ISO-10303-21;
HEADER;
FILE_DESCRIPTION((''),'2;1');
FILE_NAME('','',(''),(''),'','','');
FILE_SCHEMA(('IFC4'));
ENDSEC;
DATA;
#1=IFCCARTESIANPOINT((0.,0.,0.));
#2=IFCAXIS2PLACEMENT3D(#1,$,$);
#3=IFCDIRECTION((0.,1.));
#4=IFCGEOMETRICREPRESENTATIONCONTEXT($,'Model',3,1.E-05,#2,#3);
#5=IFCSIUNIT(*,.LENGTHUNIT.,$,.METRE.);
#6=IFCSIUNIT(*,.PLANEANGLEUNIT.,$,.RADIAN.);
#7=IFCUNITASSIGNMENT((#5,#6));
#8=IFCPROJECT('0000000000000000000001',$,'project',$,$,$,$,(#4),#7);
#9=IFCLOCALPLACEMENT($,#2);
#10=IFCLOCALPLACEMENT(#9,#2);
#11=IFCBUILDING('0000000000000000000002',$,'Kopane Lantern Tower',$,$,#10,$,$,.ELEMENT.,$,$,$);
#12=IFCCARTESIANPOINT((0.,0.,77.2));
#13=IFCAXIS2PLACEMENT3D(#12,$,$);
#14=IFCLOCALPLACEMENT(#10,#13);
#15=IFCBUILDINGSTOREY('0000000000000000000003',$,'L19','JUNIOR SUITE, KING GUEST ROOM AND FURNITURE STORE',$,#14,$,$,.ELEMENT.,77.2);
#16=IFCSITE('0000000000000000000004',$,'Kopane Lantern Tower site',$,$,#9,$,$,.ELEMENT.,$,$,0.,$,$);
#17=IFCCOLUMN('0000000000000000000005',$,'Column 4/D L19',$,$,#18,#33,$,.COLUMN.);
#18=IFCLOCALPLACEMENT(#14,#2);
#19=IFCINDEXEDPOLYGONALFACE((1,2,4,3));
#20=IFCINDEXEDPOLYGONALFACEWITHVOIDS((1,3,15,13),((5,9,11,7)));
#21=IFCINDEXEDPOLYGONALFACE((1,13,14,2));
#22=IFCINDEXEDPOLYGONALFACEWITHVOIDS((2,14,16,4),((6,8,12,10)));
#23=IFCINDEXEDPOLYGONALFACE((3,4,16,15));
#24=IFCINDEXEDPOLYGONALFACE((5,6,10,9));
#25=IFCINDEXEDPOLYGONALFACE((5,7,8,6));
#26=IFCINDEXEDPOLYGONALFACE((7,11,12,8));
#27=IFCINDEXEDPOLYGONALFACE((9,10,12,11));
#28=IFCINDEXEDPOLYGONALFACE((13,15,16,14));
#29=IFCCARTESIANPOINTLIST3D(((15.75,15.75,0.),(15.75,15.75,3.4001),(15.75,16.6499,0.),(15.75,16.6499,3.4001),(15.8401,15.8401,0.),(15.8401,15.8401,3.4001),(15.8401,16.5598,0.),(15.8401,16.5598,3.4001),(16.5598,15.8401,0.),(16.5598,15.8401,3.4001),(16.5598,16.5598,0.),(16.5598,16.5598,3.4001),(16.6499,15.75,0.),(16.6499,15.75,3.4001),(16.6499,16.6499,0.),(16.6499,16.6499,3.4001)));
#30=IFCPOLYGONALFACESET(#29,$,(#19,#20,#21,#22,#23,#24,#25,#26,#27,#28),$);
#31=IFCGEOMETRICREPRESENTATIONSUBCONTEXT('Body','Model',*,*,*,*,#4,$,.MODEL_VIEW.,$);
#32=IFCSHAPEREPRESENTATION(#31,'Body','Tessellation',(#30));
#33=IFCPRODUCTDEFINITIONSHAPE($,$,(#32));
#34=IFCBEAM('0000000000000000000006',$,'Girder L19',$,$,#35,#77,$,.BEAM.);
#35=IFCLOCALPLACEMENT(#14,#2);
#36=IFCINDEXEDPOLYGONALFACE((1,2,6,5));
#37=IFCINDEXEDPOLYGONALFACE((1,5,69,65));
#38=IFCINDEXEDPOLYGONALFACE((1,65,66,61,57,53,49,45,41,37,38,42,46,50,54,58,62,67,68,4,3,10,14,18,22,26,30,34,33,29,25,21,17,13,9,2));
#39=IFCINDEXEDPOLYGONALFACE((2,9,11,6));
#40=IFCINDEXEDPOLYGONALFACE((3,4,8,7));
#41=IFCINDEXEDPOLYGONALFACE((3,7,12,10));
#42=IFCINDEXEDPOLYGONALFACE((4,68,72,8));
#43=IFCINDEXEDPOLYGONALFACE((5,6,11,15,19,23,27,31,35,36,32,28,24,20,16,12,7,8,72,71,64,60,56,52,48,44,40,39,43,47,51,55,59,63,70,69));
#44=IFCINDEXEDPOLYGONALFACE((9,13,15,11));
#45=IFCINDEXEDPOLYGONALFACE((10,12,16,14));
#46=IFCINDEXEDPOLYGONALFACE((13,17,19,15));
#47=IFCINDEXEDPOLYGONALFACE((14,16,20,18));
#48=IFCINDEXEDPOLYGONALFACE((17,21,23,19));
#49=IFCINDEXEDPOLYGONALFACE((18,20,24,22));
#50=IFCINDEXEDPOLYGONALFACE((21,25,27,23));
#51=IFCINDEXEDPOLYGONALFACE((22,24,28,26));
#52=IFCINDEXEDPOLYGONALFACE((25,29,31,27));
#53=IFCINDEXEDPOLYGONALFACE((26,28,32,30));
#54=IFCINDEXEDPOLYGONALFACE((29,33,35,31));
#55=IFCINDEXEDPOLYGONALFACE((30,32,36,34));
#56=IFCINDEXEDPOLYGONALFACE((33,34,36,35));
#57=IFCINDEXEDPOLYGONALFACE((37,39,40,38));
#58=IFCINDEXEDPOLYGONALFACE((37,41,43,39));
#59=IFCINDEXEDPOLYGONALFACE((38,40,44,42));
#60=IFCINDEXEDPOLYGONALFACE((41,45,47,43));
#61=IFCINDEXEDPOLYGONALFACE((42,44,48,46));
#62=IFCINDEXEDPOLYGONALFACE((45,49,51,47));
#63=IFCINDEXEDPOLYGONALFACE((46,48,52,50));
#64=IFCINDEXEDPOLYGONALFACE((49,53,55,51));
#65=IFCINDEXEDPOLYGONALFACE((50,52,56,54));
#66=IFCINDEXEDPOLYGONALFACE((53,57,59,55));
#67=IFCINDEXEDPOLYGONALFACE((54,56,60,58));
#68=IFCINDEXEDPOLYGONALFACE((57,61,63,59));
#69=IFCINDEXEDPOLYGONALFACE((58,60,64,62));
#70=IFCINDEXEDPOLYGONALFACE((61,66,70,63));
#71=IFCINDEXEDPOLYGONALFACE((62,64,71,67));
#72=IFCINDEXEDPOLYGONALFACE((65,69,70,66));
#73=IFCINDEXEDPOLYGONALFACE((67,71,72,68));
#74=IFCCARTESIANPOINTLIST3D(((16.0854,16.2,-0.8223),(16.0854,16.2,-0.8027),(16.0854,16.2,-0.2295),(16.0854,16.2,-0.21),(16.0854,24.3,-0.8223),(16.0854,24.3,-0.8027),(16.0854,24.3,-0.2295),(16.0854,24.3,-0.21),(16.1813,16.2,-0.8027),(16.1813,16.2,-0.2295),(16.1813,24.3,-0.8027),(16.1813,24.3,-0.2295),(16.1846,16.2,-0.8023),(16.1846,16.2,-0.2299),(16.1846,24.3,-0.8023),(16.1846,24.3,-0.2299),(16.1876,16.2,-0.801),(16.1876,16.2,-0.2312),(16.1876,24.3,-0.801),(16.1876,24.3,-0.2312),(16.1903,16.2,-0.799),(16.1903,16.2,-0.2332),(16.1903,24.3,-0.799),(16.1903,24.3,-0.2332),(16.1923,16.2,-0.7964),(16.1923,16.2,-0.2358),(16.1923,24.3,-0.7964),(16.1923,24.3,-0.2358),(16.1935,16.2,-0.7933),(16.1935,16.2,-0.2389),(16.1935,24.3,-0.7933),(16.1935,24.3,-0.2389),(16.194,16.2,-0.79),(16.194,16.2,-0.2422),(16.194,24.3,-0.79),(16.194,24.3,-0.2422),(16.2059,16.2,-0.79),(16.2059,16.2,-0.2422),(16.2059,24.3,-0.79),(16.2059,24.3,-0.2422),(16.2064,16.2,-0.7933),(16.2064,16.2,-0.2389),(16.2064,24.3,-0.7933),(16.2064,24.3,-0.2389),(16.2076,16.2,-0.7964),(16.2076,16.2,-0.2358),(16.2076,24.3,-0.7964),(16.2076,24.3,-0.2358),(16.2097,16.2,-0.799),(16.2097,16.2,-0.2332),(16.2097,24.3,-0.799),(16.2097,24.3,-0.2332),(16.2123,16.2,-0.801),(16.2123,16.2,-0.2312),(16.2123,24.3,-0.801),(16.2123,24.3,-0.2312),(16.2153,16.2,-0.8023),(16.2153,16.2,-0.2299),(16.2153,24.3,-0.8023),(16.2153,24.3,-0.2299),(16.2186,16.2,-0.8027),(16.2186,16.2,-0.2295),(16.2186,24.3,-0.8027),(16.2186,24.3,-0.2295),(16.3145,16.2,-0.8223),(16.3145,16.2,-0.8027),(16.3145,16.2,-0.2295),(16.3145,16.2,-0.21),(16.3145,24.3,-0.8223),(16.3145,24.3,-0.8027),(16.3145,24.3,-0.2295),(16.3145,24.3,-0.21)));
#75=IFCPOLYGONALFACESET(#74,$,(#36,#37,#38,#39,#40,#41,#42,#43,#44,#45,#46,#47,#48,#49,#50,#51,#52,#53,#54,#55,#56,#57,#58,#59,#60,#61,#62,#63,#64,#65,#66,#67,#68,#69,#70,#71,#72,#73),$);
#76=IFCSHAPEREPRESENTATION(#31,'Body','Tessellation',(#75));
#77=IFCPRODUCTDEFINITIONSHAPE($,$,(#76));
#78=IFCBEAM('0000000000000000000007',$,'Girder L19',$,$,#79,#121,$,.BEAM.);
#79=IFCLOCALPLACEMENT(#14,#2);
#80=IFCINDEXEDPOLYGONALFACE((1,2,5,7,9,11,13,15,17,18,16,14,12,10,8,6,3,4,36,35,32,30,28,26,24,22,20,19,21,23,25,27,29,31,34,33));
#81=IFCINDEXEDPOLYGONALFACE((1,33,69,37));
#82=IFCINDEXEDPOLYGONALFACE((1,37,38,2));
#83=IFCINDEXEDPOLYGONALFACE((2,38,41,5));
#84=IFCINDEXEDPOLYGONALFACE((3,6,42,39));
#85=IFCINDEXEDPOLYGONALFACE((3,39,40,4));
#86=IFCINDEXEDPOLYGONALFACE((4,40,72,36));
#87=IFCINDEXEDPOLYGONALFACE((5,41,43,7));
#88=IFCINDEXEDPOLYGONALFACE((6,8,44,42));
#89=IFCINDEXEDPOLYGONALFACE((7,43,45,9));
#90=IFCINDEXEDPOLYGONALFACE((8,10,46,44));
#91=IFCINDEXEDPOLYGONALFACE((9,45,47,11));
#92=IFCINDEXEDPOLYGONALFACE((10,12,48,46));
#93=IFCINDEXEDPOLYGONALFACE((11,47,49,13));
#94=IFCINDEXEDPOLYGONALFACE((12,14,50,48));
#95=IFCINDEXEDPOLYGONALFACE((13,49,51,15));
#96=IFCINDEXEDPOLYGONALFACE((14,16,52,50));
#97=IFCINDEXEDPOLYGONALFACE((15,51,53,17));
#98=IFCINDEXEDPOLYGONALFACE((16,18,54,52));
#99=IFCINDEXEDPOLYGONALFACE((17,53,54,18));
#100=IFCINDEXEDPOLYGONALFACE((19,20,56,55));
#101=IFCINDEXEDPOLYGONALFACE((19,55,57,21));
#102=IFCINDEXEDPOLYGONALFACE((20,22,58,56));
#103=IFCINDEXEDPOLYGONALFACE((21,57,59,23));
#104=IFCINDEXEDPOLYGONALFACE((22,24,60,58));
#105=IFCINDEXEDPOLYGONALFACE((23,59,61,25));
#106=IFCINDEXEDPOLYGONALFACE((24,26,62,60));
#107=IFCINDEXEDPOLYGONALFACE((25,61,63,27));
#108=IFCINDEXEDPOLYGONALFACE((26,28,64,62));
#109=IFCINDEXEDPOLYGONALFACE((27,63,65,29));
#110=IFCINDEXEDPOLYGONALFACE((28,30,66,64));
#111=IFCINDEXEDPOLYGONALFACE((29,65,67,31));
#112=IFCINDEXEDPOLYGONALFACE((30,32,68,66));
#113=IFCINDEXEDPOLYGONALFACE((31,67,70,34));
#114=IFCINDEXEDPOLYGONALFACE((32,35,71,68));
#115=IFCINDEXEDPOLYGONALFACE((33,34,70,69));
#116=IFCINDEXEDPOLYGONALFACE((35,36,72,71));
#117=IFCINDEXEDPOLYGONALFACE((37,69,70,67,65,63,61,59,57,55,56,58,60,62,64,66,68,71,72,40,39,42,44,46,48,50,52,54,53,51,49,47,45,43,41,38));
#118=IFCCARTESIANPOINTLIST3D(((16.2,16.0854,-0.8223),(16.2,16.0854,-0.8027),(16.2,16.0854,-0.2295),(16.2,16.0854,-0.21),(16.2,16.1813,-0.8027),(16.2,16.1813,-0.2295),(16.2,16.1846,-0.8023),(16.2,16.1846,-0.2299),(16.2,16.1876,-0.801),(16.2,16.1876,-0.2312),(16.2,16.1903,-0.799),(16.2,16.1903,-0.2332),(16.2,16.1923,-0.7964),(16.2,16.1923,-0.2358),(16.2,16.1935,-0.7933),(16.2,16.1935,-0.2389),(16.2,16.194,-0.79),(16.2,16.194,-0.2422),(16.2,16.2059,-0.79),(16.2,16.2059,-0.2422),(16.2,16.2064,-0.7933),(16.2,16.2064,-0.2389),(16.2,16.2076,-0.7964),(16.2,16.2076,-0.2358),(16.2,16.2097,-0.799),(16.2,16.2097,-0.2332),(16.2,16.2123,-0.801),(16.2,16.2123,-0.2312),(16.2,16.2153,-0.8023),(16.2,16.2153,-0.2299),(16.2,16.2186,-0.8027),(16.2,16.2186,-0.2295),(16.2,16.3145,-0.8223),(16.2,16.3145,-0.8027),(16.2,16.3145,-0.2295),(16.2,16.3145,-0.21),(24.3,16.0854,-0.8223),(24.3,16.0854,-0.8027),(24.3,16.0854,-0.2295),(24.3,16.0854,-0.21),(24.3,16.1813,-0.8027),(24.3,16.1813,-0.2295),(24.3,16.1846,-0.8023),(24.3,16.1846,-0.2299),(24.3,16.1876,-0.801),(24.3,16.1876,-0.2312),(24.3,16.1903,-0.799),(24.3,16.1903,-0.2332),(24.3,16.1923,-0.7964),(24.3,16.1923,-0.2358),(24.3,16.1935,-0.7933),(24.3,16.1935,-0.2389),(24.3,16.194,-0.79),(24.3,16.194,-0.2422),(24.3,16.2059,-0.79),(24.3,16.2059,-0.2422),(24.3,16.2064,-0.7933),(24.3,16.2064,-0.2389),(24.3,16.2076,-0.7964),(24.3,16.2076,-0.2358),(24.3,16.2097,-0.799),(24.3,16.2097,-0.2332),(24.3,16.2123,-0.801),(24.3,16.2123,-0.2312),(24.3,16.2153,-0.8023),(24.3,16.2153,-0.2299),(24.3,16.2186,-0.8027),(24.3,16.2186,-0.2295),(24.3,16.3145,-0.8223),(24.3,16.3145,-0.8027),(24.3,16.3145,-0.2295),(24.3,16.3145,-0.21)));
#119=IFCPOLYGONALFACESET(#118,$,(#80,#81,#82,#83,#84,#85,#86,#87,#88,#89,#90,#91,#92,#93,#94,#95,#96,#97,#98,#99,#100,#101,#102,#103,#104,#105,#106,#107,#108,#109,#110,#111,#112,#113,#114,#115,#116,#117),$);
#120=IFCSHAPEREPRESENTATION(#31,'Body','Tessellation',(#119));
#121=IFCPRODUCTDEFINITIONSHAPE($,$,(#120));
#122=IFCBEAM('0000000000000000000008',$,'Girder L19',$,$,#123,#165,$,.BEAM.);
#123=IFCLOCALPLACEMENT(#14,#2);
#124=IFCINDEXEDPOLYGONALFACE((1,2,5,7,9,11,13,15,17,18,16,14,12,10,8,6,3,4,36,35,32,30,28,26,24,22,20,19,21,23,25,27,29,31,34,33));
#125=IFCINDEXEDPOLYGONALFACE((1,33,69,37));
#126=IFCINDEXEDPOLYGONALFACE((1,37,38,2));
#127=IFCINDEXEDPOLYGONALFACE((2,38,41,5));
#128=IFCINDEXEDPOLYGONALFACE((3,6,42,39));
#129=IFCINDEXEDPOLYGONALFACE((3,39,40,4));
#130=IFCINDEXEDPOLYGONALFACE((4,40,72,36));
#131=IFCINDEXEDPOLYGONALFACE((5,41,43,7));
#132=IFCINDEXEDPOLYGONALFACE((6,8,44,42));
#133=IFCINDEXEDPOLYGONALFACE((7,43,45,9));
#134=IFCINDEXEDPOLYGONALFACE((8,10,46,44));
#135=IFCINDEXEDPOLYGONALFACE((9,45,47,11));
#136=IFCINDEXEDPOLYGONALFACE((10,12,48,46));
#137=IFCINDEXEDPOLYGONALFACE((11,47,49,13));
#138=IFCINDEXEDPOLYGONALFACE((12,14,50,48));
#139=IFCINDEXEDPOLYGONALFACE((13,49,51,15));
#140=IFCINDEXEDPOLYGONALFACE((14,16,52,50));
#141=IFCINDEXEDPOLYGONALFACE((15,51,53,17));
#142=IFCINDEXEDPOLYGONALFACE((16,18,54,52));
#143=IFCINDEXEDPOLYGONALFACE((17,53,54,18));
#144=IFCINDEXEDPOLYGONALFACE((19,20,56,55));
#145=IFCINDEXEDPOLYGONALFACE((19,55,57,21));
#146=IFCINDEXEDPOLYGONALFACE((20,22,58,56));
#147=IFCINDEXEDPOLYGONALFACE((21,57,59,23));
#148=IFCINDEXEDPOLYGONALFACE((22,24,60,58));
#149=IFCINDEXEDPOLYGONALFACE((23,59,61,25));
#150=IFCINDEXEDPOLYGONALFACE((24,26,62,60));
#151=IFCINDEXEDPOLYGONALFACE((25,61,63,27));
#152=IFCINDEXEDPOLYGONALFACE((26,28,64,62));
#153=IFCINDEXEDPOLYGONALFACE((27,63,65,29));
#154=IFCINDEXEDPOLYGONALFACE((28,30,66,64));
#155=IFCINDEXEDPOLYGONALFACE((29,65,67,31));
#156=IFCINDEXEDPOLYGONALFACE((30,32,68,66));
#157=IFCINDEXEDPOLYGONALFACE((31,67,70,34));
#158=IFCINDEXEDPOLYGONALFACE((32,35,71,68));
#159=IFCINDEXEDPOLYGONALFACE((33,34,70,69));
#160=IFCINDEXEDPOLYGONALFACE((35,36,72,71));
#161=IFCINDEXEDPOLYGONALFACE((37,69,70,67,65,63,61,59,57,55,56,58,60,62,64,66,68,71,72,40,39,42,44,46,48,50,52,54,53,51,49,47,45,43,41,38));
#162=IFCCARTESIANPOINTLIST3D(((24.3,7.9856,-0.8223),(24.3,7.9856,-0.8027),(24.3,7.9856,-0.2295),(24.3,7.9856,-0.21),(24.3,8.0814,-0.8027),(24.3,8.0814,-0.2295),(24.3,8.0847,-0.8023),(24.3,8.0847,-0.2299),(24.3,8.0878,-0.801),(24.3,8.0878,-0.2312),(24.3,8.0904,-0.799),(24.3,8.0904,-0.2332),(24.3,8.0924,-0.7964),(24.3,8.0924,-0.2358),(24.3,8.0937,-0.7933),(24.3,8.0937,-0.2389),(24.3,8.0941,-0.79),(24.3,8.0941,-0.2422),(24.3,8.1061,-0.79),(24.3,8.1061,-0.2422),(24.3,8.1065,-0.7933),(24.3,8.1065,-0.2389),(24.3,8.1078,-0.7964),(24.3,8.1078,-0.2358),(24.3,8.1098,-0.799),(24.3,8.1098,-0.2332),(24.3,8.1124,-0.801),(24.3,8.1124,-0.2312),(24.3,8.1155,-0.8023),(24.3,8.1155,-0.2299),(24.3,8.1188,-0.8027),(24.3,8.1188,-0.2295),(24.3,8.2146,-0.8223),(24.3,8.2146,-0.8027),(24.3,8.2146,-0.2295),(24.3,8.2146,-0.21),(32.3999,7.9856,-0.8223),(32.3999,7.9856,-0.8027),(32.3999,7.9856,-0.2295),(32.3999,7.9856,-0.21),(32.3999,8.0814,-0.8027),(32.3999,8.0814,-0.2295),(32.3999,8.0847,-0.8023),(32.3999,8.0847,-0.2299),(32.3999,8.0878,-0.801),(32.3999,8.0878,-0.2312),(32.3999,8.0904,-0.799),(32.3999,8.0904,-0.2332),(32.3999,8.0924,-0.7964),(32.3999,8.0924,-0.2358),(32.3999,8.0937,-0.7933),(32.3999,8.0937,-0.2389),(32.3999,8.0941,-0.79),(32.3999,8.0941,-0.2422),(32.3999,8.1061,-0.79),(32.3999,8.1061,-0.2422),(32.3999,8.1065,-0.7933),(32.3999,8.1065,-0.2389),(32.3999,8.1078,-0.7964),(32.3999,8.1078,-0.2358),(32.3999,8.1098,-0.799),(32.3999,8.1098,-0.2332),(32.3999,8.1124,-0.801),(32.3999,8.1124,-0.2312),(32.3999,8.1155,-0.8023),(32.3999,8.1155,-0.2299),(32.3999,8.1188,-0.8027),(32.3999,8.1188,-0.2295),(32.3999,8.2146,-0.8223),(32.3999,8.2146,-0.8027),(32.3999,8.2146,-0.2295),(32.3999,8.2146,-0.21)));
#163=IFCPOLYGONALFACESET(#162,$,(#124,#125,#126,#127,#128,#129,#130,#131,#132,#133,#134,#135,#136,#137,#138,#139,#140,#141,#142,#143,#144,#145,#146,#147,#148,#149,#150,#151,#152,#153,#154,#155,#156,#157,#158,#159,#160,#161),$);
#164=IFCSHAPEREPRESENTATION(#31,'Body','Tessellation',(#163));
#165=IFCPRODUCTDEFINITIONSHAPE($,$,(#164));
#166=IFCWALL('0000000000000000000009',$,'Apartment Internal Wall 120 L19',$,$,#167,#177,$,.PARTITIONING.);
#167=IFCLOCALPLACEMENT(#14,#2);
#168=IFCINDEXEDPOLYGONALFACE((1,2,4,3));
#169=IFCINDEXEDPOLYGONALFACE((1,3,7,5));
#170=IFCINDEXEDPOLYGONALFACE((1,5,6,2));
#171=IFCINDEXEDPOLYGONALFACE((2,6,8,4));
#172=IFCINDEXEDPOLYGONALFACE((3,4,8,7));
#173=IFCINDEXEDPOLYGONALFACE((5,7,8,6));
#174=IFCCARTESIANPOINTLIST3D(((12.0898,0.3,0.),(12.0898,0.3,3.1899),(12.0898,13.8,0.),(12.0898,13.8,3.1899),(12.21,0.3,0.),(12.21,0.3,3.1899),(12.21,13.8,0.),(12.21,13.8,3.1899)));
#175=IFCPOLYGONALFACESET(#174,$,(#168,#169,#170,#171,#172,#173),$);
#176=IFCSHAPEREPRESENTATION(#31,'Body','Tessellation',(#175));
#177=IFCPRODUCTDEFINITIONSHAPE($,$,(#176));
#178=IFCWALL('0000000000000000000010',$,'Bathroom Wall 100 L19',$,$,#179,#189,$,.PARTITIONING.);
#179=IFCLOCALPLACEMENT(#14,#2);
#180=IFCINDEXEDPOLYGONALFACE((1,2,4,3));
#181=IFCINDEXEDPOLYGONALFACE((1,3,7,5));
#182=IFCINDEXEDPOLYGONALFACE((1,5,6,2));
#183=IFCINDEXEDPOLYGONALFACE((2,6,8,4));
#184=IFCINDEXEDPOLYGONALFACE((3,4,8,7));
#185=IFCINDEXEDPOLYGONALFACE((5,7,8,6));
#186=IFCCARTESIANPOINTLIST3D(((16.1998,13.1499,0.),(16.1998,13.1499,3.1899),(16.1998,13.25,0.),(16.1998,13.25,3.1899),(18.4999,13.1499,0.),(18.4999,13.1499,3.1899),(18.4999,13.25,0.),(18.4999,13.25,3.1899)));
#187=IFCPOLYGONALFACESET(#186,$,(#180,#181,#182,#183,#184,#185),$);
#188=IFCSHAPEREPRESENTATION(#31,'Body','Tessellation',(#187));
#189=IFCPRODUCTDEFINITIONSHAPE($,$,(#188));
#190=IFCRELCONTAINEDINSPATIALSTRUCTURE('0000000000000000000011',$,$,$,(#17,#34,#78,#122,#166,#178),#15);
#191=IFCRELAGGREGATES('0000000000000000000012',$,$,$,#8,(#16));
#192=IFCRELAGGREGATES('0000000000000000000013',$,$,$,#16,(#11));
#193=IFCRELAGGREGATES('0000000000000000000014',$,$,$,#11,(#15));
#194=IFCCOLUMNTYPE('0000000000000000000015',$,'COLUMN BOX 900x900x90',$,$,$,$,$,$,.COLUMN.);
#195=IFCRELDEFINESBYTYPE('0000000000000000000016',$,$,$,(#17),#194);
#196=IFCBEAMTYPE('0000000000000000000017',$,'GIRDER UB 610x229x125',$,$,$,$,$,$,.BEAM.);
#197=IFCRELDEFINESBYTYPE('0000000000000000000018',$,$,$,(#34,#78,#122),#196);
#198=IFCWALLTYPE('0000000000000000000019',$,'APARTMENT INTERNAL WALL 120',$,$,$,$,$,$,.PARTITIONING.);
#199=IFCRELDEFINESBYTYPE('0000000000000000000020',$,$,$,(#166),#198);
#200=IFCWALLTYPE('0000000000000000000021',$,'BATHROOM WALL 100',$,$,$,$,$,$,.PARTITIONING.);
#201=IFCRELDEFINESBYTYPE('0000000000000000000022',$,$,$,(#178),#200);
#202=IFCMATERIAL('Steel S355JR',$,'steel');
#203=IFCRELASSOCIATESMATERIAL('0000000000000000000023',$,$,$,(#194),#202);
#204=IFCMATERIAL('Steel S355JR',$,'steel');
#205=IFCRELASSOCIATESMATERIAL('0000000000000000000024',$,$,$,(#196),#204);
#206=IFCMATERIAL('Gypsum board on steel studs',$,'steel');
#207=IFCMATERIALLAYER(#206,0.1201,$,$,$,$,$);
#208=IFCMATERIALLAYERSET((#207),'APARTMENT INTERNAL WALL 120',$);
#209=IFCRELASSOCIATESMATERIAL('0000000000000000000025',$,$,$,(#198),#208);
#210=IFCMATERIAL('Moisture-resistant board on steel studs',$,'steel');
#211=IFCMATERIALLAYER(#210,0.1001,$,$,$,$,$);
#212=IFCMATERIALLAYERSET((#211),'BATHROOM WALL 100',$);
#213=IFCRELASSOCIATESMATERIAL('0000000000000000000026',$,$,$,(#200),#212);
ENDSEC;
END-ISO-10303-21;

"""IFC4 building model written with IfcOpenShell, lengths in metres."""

from ifc_helpers import new_model, si_unit, direction, frame, frame_2d, origin, origin_2d, place, context, subcontext, project, spatial, rectangle, hollow_rectangle, i_section, extrude, material, layer, layer_set, material_profile, profile_set, type_object, element, save


model = new_model("IFC4")

# Units and contexts
model_context = context("Model", 3, precision=1e-05, world=origin(), true_north=direction((0.0, 1.0)))
body_context = subcontext(model_context, "Body", "Model", "MODEL_VIEW")
ifc_project = project(units=[si_unit("LENGTHUNIT", "METRE"), si_unit("PLANEANGLEUNIT", "RADIAN")], contexts=[model_context])

# Site, building, storey
site_placement = place(None, origin())
site = spatial("IfcSite", under=ifc_project, at=site_placement, Name="Kopane Lantern Tower site", CompositionType="ELEMENT", RefElevation=0.0)
building_placement = place(site_placement, origin())
building = spatial("IfcBuilding", under=site, at=building_placement, Name="Kopane Lantern Tower", CompositionType="ELEMENT")
storey_placement = place(building_placement, frame((0.0, 0.0, 77.2)))
storey = spatial("IfcBuildingStorey", under=building, at=storey_placement, Name="L19", Description="JUNIOR SUITE, KING GUEST ROOM AND FURNITURE STORE", CompositionType="ELEMENT", Elevation=77.2)

# Column
ifc_material_1 = material(Name="Steel S355JR", Category="steel")
ifc_material_profile_1 = material_profile(ifc_material_1, hollow_rectangle(XDim=0.8999, YDim=0.8999, WallThickness=0.0901, at=origin_2d()), Name="BOX 900x900x90")
ifc_profile_set_1 = profile_set([ifc_material_profile_1], Name="Steel S355JR")
column_type = type_object("IfcColumnType", Name="COLUMN BOX 900x900x90", PredefinedType="COLUMN", material=ifc_profile_set_1)
column_placement = place(storey_placement, frame((16.2, 16.2, 0.0), z_axis=(0.0, 0.0, 1.0), x_axis=(1.0, 0.0, 0.0)))
element("IfcColumn", 1, at=column_placement, inside=storey, type_object=column_type, Name="Column 4/D L19", PredefinedType="COLUMN", context=body_context, shape_type="SweptSolid", body=[
    extrude(hollow_rectangle(XDim=0.8999, YDim=0.8999, WallThickness=0.0901, at=origin_2d()), origin(), (0.0, 0.0, 1.0), 3.4001),
])

# Beams
ifc_material_2 = material(Name="Steel S355JR", Category="steel")
ifc_material_profile_2 = material_profile(ifc_material_2, i_section(OverallWidth=0.229, OverallDepth=0.6123, WebThickness=0.012, FlangeThickness=0.0195, FilletRadius=0.0127, at=origin_2d()), Name="UB 610x229x125")
ifc_profile_set_2 = profile_set([ifc_material_profile_2], Name="Steel S355JR")
beam_type = type_object("IfcBeamType", Name="GIRDER UB 610x229x125", PredefinedType="BEAM", material=ifc_profile_set_2)
for number, where, z_axis, x_axis, name in (
    (2, (16.2, 16.2, -0.5161), (0.0, 1.0, 0.0), (-1.0, 0.0, 0.0), "Girder L19"),
    (3, (16.2, 16.2, -0.5161), (1.0, 0.0, 0.0), (0.0, 1.0, 0.0), "Girder L19"),
):
    element("IfcBeam", number, at=place(storey_placement, frame(where, z_axis=z_axis, x_axis=x_axis)), inside=storey, type_object=beam_type, Name=name, PredefinedType="BEAM", context=body_context, shape_type="SweptSolid", body=[
        extrude(i_section(OverallWidth=0.229, OverallDepth=0.6123, WebThickness=0.012, FlangeThickness=0.0195, FilletRadius=0.0127, at=origin_2d()), origin(), (0.0, 0.0, 1.0), 8.1001),
    ])
beam_placement = place(storey_placement, frame((24.3, 8.1001, -0.5161), z_axis=(1.0, 0.0, 0.0), x_axis=(0.0, 1.0, 0.0)))
element("IfcBeam", 4, at=beam_placement, inside=storey, type_object=beam_type, Name="Girder L19", PredefinedType="BEAM", context=body_context, shape_type="SweptSolid", body=[
    extrude(i_section(OverallWidth=0.229, OverallDepth=0.6123, WebThickness=0.012, FlangeThickness=0.0195, FilletRadius=0.0127, at=origin_2d()), origin(), (0.0, 0.0, 1.0), 8.0999),
])

# Walls
ifc_material_3 = material(Name="Gypsum board on steel studs", Category="steel")
ifc_layer_1 = layer(ifc_material_3, 0.1201)
ifc_layer_set_1 = layer_set([ifc_layer_1], Name="APARTMENT INTERNAL WALL 120")
wall_type_1 = type_object("IfcWallType", Name="APARTMENT INTERNAL WALL 120", PredefinedType="PARTITIONING", material=ifc_layer_set_1)
wall_1_placement = place(storey_placement, frame((12.1499, 13.8, 0.0), z_axis=(0.0, 0.0, 1.0), x_axis=(0.0, -1.0, 0.0)))
element("IfcWall", 5, at=wall_1_placement, inside=storey, type_object=wall_type_1, Name="Apartment Internal Wall 120 L19", PredefinedType="PARTITIONING", context=body_context, shape_type="SweptSolid", body=[
    extrude(rectangle(XDim=13.5, YDim=0.1201, at=frame_2d((6.75, 0.0))), origin(), (0.0, 0.0, 1.0), 3.1899),
])
ifc_material_4 = material(Name="Moisture-resistant board on steel studs", Category="steel")
ifc_layer_2 = layer(ifc_material_4, 0.1001)
ifc_layer_set_2 = layer_set([ifc_layer_2], Name="BATHROOM WALL 100")
wall_type_2 = type_object("IfcWallType", Name="BATHROOM WALL 100", PredefinedType="PARTITIONING", material=ifc_layer_set_2)
wall_2_placement = place(storey_placement, frame((16.2, 13.2, 0.0), z_axis=(0.0, 0.0, 1.0), x_axis=(1.0, 0.0, 0.0)))
element("IfcWall", 6, at=wall_2_placement, inside=storey, type_object=wall_type_2, Name="Bathroom Wall 100 L19", PredefinedType="PARTITIONING", context=body_context, shape_type="SweptSolid", body=[
    extrude(rectangle(XDim=2.3, YDim=0.1001, at=frame_2d((1.1499, 0.0))), origin(), (0.0, 0.0, 1.0), 3.1899),
])

save(model, "model.ifc")
